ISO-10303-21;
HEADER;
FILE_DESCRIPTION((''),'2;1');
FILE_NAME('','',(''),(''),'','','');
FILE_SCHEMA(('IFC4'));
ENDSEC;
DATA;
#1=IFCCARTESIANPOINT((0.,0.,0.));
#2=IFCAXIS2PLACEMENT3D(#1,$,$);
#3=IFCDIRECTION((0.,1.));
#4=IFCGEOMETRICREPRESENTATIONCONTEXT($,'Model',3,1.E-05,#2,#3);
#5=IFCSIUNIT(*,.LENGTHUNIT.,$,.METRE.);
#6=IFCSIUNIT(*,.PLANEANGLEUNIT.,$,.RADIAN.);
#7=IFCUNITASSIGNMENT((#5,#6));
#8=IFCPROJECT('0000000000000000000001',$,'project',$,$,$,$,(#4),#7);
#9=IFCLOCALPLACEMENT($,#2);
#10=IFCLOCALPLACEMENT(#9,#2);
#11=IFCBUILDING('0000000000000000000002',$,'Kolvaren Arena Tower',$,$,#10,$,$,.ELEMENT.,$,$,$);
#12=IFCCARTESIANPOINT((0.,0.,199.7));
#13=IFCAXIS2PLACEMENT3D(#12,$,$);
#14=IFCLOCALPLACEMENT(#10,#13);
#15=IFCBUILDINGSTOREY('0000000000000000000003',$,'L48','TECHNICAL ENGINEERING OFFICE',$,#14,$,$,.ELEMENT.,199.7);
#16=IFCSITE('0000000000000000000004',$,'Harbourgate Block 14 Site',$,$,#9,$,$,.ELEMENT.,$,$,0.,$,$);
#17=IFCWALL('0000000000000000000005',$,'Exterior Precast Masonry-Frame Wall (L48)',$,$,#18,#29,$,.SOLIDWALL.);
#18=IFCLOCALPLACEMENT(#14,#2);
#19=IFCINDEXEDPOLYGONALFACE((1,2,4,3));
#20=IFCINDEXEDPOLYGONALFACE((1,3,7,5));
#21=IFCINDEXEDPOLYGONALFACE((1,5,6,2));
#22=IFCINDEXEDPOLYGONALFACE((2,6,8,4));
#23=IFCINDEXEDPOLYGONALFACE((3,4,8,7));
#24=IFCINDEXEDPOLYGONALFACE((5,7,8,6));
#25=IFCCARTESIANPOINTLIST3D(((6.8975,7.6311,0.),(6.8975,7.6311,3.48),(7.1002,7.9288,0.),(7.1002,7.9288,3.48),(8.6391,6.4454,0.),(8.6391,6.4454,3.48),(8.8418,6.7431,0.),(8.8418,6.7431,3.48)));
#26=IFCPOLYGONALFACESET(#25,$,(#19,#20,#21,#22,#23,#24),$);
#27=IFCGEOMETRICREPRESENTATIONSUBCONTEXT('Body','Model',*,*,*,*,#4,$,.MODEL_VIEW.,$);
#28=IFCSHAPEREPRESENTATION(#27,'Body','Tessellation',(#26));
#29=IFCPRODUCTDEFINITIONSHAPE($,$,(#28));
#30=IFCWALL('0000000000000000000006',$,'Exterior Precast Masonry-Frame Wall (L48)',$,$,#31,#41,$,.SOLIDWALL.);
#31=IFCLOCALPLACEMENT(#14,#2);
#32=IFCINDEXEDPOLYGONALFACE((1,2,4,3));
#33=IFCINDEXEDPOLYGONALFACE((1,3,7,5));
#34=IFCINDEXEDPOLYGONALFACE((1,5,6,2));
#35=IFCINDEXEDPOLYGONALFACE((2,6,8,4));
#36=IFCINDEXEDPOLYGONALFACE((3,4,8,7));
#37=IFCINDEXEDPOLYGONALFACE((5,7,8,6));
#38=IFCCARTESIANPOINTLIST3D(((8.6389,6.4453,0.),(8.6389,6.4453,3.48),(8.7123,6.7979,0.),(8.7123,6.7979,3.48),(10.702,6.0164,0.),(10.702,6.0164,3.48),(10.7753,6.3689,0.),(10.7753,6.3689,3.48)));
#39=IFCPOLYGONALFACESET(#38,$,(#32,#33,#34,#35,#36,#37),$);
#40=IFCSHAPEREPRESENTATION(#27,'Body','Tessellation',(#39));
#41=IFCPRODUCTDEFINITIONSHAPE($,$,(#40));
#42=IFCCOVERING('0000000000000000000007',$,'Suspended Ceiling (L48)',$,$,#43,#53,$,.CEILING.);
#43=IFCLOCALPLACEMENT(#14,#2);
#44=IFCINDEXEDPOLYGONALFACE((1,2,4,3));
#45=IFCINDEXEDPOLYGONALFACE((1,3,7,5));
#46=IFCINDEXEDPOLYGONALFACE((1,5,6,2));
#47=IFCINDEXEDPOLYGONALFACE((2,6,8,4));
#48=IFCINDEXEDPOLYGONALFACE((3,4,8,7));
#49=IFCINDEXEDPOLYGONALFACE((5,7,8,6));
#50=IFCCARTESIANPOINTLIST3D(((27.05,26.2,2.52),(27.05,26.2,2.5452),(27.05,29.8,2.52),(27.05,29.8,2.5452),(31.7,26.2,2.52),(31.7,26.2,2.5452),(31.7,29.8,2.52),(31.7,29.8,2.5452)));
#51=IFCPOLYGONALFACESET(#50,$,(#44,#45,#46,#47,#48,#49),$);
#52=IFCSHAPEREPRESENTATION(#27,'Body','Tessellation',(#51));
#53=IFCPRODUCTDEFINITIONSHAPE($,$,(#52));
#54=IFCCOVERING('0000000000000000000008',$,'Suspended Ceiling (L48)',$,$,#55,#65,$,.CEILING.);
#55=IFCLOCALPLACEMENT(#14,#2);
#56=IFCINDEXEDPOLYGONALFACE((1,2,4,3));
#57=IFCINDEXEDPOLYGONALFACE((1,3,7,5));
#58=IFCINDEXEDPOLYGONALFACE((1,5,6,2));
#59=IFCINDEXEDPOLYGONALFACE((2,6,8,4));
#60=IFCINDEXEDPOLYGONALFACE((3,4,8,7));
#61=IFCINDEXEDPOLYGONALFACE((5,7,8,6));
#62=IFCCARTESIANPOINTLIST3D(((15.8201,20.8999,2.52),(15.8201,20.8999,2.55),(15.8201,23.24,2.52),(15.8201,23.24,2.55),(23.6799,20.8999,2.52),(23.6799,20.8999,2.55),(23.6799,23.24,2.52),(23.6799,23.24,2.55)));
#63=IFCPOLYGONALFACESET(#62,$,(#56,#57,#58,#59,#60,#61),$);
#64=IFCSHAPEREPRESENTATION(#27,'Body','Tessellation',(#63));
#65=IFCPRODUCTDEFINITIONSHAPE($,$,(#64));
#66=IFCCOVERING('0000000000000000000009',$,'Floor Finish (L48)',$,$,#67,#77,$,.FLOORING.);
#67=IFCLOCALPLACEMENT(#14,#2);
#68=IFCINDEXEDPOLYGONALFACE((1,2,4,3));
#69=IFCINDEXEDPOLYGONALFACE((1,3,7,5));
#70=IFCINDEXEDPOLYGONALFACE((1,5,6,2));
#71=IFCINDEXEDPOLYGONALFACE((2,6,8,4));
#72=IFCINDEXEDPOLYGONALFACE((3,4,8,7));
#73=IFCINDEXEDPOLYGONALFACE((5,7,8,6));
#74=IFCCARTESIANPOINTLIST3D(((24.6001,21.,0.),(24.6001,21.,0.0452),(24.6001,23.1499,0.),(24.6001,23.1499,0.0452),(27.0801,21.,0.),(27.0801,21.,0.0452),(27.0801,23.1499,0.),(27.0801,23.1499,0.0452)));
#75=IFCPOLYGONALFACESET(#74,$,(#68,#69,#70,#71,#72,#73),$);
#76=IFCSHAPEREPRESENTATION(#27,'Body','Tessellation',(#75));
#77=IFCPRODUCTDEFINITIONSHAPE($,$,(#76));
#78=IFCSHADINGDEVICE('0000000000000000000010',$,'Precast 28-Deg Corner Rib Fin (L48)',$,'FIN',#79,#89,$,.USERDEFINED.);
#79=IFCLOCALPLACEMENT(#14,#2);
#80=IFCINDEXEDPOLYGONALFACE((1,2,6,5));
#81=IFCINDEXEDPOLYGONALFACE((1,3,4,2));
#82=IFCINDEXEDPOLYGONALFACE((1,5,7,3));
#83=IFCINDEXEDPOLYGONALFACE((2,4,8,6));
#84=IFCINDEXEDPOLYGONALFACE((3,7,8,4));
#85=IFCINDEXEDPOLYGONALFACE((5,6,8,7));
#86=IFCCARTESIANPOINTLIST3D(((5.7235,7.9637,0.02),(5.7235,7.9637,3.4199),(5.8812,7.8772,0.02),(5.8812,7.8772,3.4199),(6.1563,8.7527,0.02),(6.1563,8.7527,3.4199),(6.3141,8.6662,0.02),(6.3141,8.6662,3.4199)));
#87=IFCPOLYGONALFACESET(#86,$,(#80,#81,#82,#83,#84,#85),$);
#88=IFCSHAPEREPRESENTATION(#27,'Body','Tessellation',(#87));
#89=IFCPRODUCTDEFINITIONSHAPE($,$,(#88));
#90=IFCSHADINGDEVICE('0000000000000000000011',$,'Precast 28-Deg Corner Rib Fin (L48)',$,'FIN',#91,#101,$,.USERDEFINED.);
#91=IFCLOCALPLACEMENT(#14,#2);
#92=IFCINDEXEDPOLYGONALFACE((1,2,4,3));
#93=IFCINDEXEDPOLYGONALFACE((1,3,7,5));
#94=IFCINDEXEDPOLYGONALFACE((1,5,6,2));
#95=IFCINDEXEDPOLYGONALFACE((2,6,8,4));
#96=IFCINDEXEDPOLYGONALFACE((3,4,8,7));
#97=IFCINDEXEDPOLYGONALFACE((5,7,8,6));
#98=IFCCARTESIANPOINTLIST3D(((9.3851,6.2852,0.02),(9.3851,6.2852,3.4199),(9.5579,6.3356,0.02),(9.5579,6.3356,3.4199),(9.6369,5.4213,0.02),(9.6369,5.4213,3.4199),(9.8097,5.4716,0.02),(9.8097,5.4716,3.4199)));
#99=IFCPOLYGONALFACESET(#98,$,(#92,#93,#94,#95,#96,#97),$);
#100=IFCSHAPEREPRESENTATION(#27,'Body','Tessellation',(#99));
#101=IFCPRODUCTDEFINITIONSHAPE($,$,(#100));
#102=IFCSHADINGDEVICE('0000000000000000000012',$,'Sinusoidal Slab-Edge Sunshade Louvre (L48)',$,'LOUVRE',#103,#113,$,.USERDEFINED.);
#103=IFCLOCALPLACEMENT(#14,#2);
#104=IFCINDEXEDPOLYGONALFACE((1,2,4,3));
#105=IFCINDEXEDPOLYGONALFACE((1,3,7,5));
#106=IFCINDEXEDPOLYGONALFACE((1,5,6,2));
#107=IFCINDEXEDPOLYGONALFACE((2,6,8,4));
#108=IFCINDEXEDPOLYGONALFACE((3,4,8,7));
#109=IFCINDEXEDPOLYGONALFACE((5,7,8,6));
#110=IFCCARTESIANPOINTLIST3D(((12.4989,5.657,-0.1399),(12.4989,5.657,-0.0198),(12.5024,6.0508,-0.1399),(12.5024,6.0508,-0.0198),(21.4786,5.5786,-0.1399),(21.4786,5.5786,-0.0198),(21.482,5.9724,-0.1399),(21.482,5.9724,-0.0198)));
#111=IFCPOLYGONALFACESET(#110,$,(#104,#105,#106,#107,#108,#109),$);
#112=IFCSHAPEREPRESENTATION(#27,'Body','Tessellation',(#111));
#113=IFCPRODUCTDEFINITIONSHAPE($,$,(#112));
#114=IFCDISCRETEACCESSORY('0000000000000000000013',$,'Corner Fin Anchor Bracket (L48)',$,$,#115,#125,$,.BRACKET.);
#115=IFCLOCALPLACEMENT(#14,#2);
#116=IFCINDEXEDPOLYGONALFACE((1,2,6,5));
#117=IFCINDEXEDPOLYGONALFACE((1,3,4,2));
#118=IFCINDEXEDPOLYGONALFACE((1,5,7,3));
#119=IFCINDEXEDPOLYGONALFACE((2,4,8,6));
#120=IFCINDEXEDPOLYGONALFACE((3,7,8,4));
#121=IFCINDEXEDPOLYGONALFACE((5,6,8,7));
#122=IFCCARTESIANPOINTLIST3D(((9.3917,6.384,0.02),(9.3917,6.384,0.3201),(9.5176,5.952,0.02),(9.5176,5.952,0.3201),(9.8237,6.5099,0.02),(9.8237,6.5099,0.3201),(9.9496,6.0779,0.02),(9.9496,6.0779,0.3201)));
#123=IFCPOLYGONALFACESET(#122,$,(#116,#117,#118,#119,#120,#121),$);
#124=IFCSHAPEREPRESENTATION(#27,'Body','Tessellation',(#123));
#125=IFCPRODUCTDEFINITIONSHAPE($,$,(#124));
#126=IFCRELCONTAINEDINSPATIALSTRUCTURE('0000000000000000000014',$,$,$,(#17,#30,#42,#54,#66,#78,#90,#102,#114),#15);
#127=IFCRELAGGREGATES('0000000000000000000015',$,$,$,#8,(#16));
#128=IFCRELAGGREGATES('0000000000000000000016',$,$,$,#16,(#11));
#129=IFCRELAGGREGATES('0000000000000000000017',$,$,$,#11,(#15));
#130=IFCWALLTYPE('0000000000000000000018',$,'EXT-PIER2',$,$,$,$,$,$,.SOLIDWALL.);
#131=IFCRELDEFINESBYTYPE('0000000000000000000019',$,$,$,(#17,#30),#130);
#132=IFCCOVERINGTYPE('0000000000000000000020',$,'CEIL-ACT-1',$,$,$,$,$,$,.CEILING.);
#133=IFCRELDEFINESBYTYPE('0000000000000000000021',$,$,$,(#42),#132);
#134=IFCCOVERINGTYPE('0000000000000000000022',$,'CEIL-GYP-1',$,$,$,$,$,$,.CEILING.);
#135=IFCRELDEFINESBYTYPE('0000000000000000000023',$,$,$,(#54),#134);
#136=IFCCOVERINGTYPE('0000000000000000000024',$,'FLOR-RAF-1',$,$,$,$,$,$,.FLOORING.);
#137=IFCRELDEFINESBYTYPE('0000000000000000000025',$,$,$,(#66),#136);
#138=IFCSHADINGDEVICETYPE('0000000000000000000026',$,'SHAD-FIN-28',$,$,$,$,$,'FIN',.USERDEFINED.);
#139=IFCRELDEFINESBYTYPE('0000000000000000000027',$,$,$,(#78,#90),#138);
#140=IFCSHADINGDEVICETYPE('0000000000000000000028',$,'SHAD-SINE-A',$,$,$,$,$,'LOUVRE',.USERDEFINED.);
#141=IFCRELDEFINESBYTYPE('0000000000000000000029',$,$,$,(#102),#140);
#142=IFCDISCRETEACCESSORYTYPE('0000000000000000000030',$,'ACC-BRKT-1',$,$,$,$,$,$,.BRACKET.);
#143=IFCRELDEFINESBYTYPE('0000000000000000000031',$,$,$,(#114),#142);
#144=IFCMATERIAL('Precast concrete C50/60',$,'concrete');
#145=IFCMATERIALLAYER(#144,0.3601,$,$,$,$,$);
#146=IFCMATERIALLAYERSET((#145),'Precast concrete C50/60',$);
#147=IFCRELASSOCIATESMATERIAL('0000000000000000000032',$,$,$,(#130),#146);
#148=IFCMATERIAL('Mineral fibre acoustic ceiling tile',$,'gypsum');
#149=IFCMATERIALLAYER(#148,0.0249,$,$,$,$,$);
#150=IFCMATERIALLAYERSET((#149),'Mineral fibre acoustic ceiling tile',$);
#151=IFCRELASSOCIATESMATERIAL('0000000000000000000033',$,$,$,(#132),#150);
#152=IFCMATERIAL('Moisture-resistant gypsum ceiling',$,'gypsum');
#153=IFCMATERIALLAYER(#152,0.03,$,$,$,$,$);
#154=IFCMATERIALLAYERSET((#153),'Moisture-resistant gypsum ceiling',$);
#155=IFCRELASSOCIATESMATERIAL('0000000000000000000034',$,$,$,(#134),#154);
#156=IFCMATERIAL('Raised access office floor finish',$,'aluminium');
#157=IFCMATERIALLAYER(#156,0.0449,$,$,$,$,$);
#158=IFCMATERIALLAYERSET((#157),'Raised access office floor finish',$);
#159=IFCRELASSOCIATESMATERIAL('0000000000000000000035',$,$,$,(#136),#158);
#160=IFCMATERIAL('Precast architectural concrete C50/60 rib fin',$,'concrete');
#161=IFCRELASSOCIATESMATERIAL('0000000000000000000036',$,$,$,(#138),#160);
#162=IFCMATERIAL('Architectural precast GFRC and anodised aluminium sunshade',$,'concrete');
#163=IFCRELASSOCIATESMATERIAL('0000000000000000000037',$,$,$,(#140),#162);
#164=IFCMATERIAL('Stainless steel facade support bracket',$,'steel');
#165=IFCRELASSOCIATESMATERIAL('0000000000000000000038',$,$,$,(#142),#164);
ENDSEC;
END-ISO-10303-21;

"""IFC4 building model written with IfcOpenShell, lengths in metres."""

from ifc_helpers import new_model, si_unit, direction, frame, frame_2d, origin, origin_2d, place, context, subcontext, project, spatial, polyline, rectangle, outline, extrude, material, layer, layer_set, type_object, element, save


model = new_model("IFC4")

# Units and contexts
model_context = context("Model", 3, precision=1e-05, world=origin(), true_north=direction((0.0, 1.0)))
body_context = subcontext(model_context, "Body", "Model", "MODEL_VIEW")
ifc_project = project(units=[si_unit("LENGTHUNIT", "METRE"), si_unit("PLANEANGLEUNIT", "RADIAN")], contexts=[model_context])

# Site, building, storey
site_placement = place(None, origin())
site = spatial("IfcSite", under=ifc_project, at=site_placement, Name="Harbourgate Block 14 Site", CompositionType="ELEMENT", RefElevation=0.0)
building_placement = place(site_placement, origin())
building = spatial("IfcBuilding", under=site, at=building_placement, Name="Kolvaren Arena Tower", CompositionType="ELEMENT")
storey_placement = place(building_placement, frame((0.0, 0.0, 199.7)))
storey = spatial("IfcBuildingStorey", under=building, at=storey_placement, Name="L48", Description="TECHNICAL ENGINEERING OFFICE", CompositionType="ELEMENT", Elevation=199.7)

# Walls
ifc_material_1 = material(Name="Precast concrete C50/60", Category="concrete")
ifc_layer_1 = layer(ifc_material_1, 0.3601)
ifc_layer_set_1 = layer_set([ifc_layer_1], Name="Precast concrete C50/60")
wall_type = type_object("IfcWallType", Name="EXT-PIER2", PredefinedType="SOLIDWALL", material=ifc_layer_set_1)
for number, where, z_axis, x_axis, name in (
    (1, (8.7405, 6.5942, 0.0), (0.0, 0.0, 1.0), (-0.82661, 0.562776, 0.0), "Exterior Precast Masonry-Frame Wall (L48)"),
):
    element("IfcWall", number, at=place(storey_placement, frame(where, z_axis=z_axis, x_axis=x_axis)), inside=storey, type_object=wall_type, Name=name, PredefinedType="SOLIDWALL", context=body_context, shape_type="SweptSolid", body=[
        extrude(rectangle(XDim=2.1069, YDim=0.3601, at=frame_2d((1.0535, 0.0))), origin(), (0.0, 0.0, 1.0), 3.48),
    ])
wall_placement = place(storey_placement, frame((10.7388, 6.1926, 0.0), z_axis=(0.0, 0.0, 1.0), x_axis=(-0.979059, 0.203575, 0.0)))
element("IfcWall", 2, at=wall_placement, inside=storey, type_object=wall_type, Name="Exterior Precast Masonry-Frame Wall (L48)", PredefinedType="SOLIDWALL", context=body_context, shape_type="SweptSolid", body=[
    extrude(rectangle(XDim=2.1072, YDim=0.3601, at=frame_2d((1.0537, 0.0))), origin(), (0.0, 0.0, 1.0), 3.48),
])

# Coverings
ifc_material_2 = material(Name="Mineral fibre acoustic ceiling tile", Category="gypsum")
ifc_layer_2 = layer(ifc_material_2, 0.0249)
ifc_layer_set_2 = layer_set([ifc_layer_2], Name="Mineral fibre acoustic ceiling tile")
covering_type_1 = type_object("IfcCoveringType", Name="CEIL-ACT-1", PredefinedType="CEILING", material=ifc_layer_set_2)
covering_1_placement = place(storey_placement, frame((0.0, 0.0, 2.52)))
element("IfcCovering", 3, at=covering_1_placement, inside=storey, type_object=covering_type_1, Name="Suspended Ceiling (L48)", PredefinedType="CEILING", context=body_context, shape_type="SweptSolid", body=[
    extrude(outline(polyline([(27.05, 26.2), (27.05, 29.8), (31.7, 29.8), (31.7, 26.2), (27.05, 26.2)])), origin(), (0.0, 0.0, 1.0), 0.0251),
])
ifc_material_3 = material(Name="Moisture-resistant gypsum ceiling", Category="gypsum")
ifc_layer_3 = layer(ifc_material_3, 0.03)
ifc_layer_set_3 = layer_set([ifc_layer_3], Name="Moisture-resistant gypsum ceiling")
covering_type_2 = type_object("IfcCoveringType", Name="CEIL-GYP-1", PredefinedType="CEILING", material=ifc_layer_set_3)
covering_2_placement = place(storey_placement, frame((0.0, 0.0, 2.52)))
element("IfcCovering", 4, at=covering_2_placement, inside=storey, type_object=covering_type_2, Name="Suspended Ceiling (L48)", PredefinedType="CEILING", context=body_context, shape_type="SweptSolid", body=[
    extrude(outline(polyline([(15.8201, 20.8999), (15.8201, 23.24), (23.6799, 23.24), (23.6799, 20.8999), (15.8201, 20.8999)])), origin(), (0.0, 0.0, 1.0), 0.03),
])
ifc_material_4 = material(Name="Raised access office floor finish", Category="aluminium")
ifc_layer_4 = layer(ifc_material_4, 0.0449)
ifc_layer_set_4 = layer_set([ifc_layer_4], Name="Raised access office floor finish")
covering_type_3 = type_object("IfcCoveringType", Name="FLOR-RAF-1", PredefinedType="FLOORING", material=ifc_layer_set_4)
covering_3_placement = place(storey_placement, origin())
element("IfcCovering", 5, at=covering_3_placement, inside=storey, type_object=covering_type_3, Name="Floor Finish (L48)", PredefinedType="FLOORING", context=body_context, shape_type="SweptSolid", body=[
    extrude(outline(polyline([(24.6001, 21.0), (24.6001, 23.1499), (27.0801, 23.1499), (27.0801, 21.0), (24.6001, 21.0)])), origin(), (0.0, 0.0, 1.0), 0.0452),
])

# Shading devices
ifc_material_5 = material(Name="Precast architectural concrete C50/60 rib fin", Category="concrete")
shading_device_type_1 = type_object("IfcShadingDeviceType", Name="SHAD-FIN-28", ElementType="FIN", PredefinedType="USERDEFINED", material=ifc_material_5)
for number, where, z_axis, x_axis, name in (
    (6, (6.0188, 8.3149, 0.02), (0.0, 0.0, 1.0), (-0.480995, -0.876723, 0.0), "Precast 28-Deg Corner Rib Fin (L48)"),
    (7, (9.5974, 5.8784, 0.02), (0.0, 0.0, 1.0), (0.279812, -0.960055, 0.0), "Precast 28-Deg Corner Rib Fin (L48)"),
):
    element("IfcShadingDevice", number, at=place(storey_placement, frame(where, z_axis=z_axis, x_axis=x_axis)), inside=storey, type_object=shading_device_type_1, Name=name, ObjectType="FIN", PredefinedType="USERDEFINED", context=body_context, shape_type="SweptSolid", body=[
        extrude(rectangle(XDim=0.8999, YDim=0.1799, at=origin_2d()), origin(), (0.0, 0.0, 1.0), 3.3999),
    ])
ifc_material_6 = material(Name="Architectural precast GFRC and anodised aluminium sunshade", Category="concrete")
shading_device_type_2 = type_object("IfcShadingDeviceType", Name="SHAD-SINE-A", ElementType="LOUVRE", PredefinedType="USERDEFINED", material=ifc_material_6)
shading_device_placement = place(storey_placement, frame((16.9905, 5.8147, -0.1399), z_axis=(0.0, 0.0, 1.0), x_axis=(-0.999962, 0.008727, 0.0)))
element("IfcShadingDevice", 8, at=shading_device_placement, inside=storey, type_object=shading_device_type_2, Name="Sinusoidal Slab-Edge Sunshade Louvre (L48)", ObjectType="LOUVRE", PredefinedType="USERDEFINED", context=body_context, shape_type="SweptSolid", body=[
    extrude(rectangle(XDim=8.98, YDim=0.3938, at=origin_2d()), origin(), (0.0, 0.0, 1.0), 0.1201),
])

# Discrete accessory
ifc_material_7 = material(Name="Stainless steel facade support bracket", Category="steel")
discrete_accessory_type = type_object("IfcDiscreteAccessoryType", Name="ACC-BRKT-1", PredefinedType="BRACKET", material=ifc_material_7)
discrete_accessory_placement = place(storey_placement, frame((9.6707, 6.231, 0.02), z_axis=(0.0, 0.0, 1.0), x_axis=(0.279812, -0.960055, 0.0)))
element("IfcDiscreteAccessory", 9, at=discrete_accessory_placement, inside=storey, type_object=discrete_accessory_type, Name="Corner Fin Anchor Bracket (L48)", PredefinedType="BRACKET", context=body_context, shape_type="SweptSolid", body=[
    extrude(rectangle(XDim=0.45, YDim=0.45, at=origin_2d()), origin(), (0.0, 0.0, 1.0), 0.3),
])

save(model, "model.ifc")
